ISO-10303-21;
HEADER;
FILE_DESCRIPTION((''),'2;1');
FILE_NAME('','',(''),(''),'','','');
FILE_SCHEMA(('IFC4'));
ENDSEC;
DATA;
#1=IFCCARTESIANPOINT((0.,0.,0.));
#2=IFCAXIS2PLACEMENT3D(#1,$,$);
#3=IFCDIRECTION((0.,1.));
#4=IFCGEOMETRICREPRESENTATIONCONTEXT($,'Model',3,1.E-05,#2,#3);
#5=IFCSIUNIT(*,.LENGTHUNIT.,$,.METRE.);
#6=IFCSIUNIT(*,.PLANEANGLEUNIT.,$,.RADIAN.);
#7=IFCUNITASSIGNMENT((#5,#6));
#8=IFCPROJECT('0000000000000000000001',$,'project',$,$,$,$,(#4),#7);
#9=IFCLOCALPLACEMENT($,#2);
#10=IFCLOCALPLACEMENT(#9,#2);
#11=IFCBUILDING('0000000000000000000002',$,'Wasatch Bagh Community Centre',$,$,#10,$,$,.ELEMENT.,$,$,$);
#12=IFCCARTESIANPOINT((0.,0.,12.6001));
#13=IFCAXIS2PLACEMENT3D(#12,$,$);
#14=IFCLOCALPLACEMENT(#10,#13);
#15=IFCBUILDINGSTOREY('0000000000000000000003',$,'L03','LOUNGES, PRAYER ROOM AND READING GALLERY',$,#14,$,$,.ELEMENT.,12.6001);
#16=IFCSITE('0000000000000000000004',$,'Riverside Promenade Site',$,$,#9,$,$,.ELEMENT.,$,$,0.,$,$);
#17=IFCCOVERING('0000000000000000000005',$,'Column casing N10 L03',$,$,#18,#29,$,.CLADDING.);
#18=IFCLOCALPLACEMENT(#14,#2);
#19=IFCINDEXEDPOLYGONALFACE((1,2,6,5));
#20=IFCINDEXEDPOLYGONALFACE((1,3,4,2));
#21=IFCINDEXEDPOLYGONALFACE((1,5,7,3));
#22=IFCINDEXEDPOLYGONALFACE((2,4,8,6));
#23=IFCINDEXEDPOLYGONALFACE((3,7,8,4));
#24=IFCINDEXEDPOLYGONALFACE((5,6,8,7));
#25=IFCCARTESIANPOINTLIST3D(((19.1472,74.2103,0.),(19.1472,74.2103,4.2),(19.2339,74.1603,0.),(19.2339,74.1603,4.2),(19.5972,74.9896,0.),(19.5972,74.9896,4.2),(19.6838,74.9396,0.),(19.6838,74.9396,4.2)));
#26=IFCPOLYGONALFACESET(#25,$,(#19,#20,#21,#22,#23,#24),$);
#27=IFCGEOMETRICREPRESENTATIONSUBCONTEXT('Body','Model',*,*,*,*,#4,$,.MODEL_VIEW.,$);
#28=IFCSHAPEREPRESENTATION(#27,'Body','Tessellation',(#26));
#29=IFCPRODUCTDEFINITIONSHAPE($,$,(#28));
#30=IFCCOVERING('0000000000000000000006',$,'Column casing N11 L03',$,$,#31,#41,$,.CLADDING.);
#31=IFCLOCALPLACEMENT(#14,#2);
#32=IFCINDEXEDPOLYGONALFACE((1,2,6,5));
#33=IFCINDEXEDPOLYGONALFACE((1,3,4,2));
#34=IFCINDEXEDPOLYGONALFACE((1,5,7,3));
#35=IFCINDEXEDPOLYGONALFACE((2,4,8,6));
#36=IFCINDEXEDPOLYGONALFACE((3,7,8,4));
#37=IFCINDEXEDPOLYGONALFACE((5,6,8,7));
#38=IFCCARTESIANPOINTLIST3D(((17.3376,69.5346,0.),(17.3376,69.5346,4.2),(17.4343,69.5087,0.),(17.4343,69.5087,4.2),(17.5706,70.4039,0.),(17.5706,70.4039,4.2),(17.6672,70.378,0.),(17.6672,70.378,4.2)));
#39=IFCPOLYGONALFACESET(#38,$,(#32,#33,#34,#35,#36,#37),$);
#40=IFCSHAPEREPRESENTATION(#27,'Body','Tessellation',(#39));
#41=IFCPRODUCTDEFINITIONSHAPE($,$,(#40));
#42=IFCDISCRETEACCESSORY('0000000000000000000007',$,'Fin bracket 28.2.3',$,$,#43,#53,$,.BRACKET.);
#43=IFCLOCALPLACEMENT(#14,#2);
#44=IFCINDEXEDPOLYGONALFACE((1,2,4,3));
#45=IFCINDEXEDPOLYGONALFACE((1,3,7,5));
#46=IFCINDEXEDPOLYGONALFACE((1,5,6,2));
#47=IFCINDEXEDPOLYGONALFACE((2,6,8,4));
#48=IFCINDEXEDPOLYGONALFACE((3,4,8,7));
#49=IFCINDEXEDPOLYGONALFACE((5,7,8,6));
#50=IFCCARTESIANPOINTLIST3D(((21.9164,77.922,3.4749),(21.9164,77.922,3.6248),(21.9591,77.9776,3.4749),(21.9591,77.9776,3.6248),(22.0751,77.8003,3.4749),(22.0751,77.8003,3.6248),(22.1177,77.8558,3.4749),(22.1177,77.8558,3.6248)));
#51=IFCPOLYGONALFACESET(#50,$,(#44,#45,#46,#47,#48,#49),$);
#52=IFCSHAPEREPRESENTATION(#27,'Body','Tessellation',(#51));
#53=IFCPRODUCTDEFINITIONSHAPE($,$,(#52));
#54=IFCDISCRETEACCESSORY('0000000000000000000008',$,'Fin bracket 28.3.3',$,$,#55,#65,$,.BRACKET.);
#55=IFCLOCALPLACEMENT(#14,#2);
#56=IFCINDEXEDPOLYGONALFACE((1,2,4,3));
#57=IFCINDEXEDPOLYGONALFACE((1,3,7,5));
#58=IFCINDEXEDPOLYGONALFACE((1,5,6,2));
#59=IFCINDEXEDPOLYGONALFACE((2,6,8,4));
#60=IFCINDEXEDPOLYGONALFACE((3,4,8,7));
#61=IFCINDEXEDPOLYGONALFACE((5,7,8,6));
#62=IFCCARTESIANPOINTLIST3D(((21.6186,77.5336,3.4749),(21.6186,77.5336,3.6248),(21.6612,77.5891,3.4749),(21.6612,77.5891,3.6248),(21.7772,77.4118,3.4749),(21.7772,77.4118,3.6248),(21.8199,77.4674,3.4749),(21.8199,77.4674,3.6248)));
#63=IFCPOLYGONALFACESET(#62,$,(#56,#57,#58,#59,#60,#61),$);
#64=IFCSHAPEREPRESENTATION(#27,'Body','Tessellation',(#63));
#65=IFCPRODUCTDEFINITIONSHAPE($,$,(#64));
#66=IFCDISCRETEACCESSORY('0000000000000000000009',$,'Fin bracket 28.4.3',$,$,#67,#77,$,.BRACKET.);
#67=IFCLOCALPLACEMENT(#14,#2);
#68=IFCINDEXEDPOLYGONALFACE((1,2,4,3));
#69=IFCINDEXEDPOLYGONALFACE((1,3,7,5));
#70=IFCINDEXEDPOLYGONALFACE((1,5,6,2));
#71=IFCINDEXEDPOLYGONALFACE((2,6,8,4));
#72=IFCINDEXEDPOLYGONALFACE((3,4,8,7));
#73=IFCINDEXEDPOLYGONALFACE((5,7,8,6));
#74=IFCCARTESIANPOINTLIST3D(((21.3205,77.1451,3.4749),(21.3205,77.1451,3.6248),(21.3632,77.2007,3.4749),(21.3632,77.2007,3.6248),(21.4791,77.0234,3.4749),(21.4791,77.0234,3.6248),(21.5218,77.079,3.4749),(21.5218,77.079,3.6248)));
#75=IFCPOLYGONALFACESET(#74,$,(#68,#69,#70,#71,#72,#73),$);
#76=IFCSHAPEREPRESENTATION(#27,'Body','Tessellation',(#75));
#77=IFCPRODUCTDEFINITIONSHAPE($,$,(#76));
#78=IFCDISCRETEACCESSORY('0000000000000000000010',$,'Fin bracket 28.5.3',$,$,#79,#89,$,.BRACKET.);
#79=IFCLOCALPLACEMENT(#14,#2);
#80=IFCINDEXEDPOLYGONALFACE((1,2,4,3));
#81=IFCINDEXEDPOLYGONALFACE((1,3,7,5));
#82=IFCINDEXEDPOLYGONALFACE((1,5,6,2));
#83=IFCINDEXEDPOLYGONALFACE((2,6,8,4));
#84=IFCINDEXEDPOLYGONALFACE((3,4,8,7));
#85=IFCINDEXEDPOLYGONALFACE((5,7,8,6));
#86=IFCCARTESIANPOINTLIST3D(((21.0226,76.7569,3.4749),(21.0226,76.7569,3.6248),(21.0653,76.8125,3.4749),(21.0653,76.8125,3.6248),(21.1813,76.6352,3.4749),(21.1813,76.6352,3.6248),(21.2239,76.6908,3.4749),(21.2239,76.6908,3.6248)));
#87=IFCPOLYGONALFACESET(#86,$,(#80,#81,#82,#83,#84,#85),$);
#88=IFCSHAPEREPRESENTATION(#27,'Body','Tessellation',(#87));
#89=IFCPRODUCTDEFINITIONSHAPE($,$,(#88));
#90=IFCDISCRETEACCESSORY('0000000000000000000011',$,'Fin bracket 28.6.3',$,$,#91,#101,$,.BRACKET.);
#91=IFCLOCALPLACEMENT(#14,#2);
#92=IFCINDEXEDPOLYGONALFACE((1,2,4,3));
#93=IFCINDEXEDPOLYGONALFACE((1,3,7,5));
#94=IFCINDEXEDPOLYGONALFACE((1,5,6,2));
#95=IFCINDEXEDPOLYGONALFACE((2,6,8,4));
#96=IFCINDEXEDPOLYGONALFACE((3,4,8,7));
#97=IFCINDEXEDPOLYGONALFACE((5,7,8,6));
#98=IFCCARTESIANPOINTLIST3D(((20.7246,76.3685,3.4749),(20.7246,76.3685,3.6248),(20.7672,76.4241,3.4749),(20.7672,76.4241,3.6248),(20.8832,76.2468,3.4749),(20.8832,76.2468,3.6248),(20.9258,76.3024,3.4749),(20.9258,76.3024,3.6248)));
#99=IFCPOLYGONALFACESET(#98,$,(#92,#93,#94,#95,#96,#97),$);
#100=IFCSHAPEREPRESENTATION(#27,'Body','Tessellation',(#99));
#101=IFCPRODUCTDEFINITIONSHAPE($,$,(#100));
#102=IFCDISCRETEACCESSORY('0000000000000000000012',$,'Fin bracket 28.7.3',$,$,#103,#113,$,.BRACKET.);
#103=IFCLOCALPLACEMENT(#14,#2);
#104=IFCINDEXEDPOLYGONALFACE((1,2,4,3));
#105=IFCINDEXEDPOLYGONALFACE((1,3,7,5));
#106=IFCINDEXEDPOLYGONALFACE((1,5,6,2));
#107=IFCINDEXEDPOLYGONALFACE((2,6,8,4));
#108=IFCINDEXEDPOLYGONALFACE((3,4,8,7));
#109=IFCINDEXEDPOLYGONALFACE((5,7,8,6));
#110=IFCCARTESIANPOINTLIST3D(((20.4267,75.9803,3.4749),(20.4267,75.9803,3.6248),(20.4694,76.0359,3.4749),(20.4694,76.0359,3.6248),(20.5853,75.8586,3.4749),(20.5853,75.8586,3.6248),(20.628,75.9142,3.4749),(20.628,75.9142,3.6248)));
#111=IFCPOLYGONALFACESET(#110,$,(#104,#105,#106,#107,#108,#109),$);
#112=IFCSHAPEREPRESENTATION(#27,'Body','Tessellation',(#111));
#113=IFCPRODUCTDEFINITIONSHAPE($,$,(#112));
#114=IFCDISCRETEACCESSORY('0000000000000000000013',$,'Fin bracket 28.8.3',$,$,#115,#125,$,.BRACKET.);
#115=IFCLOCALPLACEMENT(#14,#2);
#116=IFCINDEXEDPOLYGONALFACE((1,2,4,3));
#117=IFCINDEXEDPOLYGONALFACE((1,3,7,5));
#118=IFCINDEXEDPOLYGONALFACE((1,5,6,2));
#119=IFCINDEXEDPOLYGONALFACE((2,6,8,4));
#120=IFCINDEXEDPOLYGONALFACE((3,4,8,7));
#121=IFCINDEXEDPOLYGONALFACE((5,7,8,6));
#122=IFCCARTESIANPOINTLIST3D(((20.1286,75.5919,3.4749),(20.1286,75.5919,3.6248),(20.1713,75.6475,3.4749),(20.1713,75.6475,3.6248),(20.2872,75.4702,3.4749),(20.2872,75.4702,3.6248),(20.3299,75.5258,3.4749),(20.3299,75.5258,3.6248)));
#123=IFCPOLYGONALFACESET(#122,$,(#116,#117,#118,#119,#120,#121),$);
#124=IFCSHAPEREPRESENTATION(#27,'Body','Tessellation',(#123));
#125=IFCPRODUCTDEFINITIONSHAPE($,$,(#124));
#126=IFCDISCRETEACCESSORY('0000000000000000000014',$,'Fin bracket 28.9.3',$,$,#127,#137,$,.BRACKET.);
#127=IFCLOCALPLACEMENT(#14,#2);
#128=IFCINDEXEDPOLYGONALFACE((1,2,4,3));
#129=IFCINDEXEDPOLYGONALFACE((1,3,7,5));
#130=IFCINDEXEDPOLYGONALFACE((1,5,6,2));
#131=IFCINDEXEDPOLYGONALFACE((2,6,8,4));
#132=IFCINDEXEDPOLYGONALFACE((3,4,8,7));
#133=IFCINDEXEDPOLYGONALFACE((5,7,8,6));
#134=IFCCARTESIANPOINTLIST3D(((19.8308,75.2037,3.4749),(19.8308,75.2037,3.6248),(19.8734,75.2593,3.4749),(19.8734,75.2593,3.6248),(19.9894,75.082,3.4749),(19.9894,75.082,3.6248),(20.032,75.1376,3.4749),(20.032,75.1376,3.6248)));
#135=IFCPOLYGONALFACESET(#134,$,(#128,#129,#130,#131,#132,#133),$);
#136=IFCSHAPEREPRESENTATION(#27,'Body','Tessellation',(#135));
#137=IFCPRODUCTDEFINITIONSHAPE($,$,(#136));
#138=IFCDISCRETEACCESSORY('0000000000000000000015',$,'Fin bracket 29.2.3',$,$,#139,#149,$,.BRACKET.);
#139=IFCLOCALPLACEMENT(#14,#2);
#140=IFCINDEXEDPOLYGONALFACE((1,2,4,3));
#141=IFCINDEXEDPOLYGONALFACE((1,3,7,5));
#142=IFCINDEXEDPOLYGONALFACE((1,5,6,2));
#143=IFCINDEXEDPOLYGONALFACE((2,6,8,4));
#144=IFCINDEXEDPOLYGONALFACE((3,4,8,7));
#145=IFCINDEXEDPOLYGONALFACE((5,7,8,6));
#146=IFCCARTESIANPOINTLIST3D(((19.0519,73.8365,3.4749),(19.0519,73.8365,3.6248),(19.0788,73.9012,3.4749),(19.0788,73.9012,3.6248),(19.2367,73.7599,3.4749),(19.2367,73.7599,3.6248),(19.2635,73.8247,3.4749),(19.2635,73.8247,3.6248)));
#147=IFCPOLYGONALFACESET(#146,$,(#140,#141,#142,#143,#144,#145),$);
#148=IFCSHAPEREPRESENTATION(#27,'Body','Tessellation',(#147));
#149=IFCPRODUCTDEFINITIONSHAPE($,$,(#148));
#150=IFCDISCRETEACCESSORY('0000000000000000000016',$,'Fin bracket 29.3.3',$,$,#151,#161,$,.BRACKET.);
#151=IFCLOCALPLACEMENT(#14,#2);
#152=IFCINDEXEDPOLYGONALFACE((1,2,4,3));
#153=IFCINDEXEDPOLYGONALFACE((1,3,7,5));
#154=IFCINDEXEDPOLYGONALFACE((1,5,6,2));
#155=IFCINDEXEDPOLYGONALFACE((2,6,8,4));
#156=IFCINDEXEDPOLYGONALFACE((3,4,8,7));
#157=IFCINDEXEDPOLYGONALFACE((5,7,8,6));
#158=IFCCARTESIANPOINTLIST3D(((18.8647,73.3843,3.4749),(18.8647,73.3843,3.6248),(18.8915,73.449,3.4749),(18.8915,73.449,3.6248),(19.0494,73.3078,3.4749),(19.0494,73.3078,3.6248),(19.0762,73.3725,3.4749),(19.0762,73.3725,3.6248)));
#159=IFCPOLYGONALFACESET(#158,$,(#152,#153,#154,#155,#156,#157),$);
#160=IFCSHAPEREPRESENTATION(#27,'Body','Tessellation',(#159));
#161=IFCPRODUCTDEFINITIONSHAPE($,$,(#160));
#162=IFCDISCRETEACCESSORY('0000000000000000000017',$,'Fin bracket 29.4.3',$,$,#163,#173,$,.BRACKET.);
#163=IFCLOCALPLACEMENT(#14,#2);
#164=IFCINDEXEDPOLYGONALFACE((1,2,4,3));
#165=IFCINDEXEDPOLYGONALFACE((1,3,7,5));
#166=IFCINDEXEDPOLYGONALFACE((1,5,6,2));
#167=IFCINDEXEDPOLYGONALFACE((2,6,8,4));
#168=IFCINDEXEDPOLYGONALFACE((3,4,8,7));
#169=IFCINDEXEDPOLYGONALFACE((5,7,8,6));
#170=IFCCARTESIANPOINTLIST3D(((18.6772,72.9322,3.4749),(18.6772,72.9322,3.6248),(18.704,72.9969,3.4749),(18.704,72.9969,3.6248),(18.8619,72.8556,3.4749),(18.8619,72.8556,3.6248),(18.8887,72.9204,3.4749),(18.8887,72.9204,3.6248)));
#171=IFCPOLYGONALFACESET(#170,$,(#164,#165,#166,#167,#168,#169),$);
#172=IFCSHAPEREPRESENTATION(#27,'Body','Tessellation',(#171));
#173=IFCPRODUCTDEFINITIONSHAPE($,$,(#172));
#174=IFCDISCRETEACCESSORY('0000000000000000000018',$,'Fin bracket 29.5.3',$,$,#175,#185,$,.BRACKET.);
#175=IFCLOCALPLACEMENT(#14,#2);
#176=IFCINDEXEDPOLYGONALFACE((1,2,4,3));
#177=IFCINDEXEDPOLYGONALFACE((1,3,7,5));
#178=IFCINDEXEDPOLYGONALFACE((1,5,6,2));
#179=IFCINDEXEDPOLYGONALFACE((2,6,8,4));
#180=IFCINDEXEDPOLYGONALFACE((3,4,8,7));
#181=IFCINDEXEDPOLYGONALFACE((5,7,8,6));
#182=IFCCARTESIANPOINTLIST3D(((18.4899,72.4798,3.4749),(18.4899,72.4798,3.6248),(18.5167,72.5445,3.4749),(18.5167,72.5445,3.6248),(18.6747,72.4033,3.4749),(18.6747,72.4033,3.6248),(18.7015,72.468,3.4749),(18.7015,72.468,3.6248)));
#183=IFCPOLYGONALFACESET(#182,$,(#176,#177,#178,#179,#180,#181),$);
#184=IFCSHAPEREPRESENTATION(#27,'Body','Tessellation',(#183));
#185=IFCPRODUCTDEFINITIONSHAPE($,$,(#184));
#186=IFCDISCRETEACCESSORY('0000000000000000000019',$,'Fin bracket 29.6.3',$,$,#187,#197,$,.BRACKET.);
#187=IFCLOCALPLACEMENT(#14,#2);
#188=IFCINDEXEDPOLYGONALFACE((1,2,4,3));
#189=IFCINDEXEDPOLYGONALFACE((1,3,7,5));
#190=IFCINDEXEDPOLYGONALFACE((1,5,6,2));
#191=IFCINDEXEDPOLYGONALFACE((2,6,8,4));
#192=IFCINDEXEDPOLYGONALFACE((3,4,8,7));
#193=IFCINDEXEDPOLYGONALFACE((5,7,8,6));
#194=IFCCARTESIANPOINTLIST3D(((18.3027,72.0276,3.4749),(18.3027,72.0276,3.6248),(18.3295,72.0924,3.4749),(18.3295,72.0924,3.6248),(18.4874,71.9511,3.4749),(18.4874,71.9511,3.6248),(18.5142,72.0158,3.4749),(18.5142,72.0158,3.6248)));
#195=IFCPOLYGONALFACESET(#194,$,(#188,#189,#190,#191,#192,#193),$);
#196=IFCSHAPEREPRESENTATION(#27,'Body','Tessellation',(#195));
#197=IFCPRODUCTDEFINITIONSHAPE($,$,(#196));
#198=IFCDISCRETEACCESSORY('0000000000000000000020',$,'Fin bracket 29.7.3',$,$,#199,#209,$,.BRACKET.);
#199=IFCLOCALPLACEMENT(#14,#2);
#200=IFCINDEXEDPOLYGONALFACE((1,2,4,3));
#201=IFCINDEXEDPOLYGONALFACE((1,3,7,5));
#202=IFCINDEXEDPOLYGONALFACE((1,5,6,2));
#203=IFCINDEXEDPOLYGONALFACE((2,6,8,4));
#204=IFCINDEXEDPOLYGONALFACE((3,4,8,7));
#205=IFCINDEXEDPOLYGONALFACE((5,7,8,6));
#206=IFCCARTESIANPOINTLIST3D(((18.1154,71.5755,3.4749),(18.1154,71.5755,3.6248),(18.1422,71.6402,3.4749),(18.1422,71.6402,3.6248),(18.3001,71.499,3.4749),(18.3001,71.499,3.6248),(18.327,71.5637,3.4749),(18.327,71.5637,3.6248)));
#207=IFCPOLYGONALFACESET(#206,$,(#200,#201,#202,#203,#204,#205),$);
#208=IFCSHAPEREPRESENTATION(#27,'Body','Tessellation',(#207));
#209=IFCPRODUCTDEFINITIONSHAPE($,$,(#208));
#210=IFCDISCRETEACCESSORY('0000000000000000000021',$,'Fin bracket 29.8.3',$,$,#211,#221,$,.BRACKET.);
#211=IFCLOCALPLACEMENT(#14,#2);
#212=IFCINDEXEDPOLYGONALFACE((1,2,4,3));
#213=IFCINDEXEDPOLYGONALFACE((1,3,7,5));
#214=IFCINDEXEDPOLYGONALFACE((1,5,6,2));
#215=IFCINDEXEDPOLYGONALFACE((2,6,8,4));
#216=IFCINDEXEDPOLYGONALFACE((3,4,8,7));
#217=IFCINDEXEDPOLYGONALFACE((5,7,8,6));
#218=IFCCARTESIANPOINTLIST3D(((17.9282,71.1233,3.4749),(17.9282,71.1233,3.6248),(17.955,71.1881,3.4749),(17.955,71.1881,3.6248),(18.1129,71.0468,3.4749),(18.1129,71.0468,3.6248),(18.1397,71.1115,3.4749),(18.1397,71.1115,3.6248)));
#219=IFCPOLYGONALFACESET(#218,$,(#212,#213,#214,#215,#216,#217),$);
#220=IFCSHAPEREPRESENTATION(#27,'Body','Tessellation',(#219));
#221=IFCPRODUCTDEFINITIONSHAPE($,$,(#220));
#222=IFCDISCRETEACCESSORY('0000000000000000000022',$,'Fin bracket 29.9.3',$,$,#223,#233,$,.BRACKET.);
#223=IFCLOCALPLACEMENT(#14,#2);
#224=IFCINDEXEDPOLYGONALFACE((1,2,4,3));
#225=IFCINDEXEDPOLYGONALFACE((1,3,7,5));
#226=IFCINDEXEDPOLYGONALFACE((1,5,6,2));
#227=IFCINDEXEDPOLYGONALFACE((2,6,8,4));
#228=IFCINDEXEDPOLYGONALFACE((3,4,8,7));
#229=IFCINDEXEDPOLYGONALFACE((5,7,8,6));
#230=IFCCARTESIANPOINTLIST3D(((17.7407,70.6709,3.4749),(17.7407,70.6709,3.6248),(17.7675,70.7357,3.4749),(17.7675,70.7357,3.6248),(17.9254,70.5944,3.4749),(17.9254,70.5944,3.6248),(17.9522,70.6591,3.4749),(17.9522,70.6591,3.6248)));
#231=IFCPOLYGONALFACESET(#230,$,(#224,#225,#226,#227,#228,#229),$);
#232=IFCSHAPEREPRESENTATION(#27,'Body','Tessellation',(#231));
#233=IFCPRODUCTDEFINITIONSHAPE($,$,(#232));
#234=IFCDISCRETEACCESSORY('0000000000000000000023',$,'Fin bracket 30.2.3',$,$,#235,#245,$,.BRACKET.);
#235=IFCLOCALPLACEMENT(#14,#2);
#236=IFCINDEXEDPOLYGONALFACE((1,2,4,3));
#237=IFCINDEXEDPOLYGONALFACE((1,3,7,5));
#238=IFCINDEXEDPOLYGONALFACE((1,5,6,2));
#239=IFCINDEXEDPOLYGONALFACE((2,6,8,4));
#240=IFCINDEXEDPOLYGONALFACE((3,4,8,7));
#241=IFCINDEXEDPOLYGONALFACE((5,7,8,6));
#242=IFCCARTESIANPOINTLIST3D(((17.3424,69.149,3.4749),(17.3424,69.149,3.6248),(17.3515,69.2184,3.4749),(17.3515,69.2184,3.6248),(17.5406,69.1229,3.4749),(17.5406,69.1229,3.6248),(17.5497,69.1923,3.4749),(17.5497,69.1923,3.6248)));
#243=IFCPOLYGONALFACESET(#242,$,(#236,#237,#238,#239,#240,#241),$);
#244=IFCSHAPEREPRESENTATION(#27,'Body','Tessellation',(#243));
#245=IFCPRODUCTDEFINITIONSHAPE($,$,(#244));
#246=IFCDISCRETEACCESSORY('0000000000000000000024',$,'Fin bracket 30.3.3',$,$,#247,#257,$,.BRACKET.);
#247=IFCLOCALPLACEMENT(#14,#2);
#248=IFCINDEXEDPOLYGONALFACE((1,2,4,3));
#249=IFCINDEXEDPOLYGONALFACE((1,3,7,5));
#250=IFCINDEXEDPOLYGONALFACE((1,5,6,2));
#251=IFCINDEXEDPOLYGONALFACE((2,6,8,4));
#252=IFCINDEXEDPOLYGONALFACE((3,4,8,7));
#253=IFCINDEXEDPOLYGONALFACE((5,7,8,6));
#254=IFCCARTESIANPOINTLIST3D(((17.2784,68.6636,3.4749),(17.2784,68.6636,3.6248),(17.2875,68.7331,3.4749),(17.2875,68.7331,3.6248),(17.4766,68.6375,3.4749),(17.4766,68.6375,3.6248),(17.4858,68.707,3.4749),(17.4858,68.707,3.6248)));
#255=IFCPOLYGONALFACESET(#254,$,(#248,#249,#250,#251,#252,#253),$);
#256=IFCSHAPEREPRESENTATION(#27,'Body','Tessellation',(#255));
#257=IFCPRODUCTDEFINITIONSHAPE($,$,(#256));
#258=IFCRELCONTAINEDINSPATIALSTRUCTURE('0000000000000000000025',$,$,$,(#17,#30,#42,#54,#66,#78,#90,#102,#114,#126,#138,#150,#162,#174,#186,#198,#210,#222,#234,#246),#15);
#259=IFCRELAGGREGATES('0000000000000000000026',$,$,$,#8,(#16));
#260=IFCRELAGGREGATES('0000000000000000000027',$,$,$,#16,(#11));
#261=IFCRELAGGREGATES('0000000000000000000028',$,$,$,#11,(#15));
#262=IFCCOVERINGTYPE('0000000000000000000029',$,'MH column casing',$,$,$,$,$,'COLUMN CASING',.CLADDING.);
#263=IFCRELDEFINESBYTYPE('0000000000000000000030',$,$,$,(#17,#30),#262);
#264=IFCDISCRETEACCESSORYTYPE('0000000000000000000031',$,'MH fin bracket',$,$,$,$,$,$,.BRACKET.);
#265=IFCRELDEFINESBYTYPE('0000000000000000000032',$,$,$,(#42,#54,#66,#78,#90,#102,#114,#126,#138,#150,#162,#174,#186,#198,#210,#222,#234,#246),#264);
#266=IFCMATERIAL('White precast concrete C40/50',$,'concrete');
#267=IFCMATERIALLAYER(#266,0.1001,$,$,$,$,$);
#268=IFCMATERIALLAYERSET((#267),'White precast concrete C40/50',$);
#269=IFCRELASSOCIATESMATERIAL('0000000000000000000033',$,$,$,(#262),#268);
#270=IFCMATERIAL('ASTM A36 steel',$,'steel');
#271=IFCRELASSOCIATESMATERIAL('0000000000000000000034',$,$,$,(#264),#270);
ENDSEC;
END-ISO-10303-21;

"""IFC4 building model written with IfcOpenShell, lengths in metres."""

from ifc_helpers import new_model, si_unit, direction, frame, origin, origin_2d, place, context, subcontext, project, spatial, rectangle, extrude, material, layer, layer_set, type_object, element, save


model = new_model("IFC4")

# Units and contexts
model_context = context("Model", 3, precision=1e-05, world=origin(), true_north=direction((0.0, 1.0)))
body_context = subcontext(model_context, "Body", "Model", "MODEL_VIEW")
ifc_project = project(units=[si_unit("LENGTHUNIT", "METRE"), si_unit("PLANEANGLEUNIT", "RADIAN")], contexts=[model_context])

# Site, building, storey
site_placement = place(None, origin())
site = spatial("IfcSite", under=ifc_project, at=site_placement, Name="Riverside Promenade Site", CompositionType="ELEMENT", RefElevation=0.0)
building_placement = place(site_placement, origin())
building = spatial("IfcBuilding", under=site, at=building_placement, Name="Wasatch Bagh Community Centre", CompositionType="ELEMENT")
storey_placement = place(building_placement, frame((0.0, 0.0, 12.6001)))
storey = spatial("IfcBuildingStorey", under=building, at=storey_placement, Name="L03", Description="LOUNGES, PRAYER ROOM AND READING GALLERY", CompositionType="ELEMENT", Elevation=12.6001)

# Coverings
ifc_material_1 = material(Name="White precast concrete C40/50", Category="concrete")
ifc_layer_1 = layer(ifc_material_1, 0.1001)
ifc_layer_set_1 = layer_set([ifc_layer_1], Name="White precast concrete C40/50")
covering_type = type_object("IfcCoveringType", Name="MH column casing", ElementType="COLUMN CASING", PredefinedType="CLADDING", material=ifc_layer_set_1)
for number, where, z_axis, x_axis, name in (
    (1, (19.4155, 74.575, 0.0), (0.0, 0.0, 1.0), (-0.5, -0.866025, 0.0), "Column casing N10 L03"),
    (2, (17.5024, 69.9563, 0.0), (0.0, 0.0, 1.0), (-0.258819, -0.965926, 0.0), "Column casing N11 L03"),
):
    element("IfcCovering", number, at=place(storey_placement, frame(where, z_axis=z_axis, x_axis=x_axis)), inside=storey, type_object=covering_type, Name=name, PredefinedType="CLADDING", context=body_context, shape_type="SweptSolid", body=[
        extrude(rectangle(XDim=0.8999, YDim=0.1001, at=origin_2d()), origin(), (0.0, 0.0, 1.0), 4.2),
    ])

# Discrete accessories
ifc_material_2 = material(Name="ASTM A36 steel", Category="steel")
discrete_accessory_type = type_object("IfcDiscreteAccessoryType", Name="MH fin bracket", PredefinedType="BRACKET", material=ifc_material_2)
for number, where, z_axis, x_axis, name in (
    (3, (22.0171, 77.8889, 3.4749), (0.0, 0.0, 1.0), (-0.608761, -0.793353, 0.0), "Fin bracket 28.2.3"),
    (4, (21.7192, 77.5005, 3.4749), (0.0, 0.0, 1.0), (-0.608761, -0.793353, 0.0), "Fin bracket 28.3.3"),
    (5, (21.4211, 77.1121, 3.4749), (0.0, 0.0, 1.0), (-0.608761, -0.793353, 0.0), "Fin bracket 28.4.3"),
    (6, (21.1233, 76.7239, 3.4749), (0.0, 0.0, 1.0), (-0.608761, -0.793353, 0.0), "Fin bracket 28.5.3"),
    (7, (20.8252, 76.3354, 3.4749), (0.0, 0.0, 1.0), (-0.608761, -0.793353, 0.0), "Fin bracket 28.6.3"),
    (8, (20.5273, 75.9473, 3.4749), (0.0, 0.0, 1.0), (-0.608761, -0.793353, 0.0), "Fin bracket 28.7.3"),
    (9, (20.2292, 75.5588, 3.4749), (0.0, 0.0, 1.0), (-0.608761, -0.793353, 0.0), "Fin bracket 28.8.3"),
    (10, (19.9314, 75.1707, 3.4749), (0.0, 0.0, 1.0), (-0.608761, -0.793353, 0.0), "Fin bracket 28.9.3"),
    (11, (19.1577, 73.8306, 3.4749), (0.0, 0.0, 1.0), (-0.382683, -0.92388, 0.0), "Fin bracket 29.2.3"),
    (12, (18.9705, 73.3784, 3.4749), (0.0, 0.0, 1.0), (-0.382683, -0.92388, 0.0), "Fin bracket 29.3.3"),
    (13, (18.783, 72.9263, 3.4749), (0.0, 0.0, 1.0), (-0.382683, -0.92388, 0.0), "Fin bracket 29.4.3"),
    (14, (18.5957, 72.4739, 3.4749), (0.0, 0.0, 1.0), (-0.382683, -0.92388, 0.0), "Fin bracket 29.5.3"),
    (15, (18.4084, 72.0217, 3.4749), (0.0, 0.0, 1.0), (-0.382683, -0.92388, 0.0), "Fin bracket 29.6.3"),
    (16, (18.2212, 71.5696, 3.4749), (0.0, 0.0, 1.0), (-0.382683, -0.92388, 0.0), "Fin bracket 29.7.3"),
    (17, (18.0339, 71.1174, 3.4749), (0.0, 0.0, 1.0), (-0.382683, -0.92388, 0.0), "Fin bracket 29.8.3"),
    (18, (17.8464, 70.665, 3.4749), (0.0, 0.0, 1.0), (-0.382683, -0.92388, 0.0), "Fin bracket 29.9.3"),
    (19, (17.446, 69.1707, 3.4749), (0.0, 0.0, 1.0), (-0.130526, -0.991445, 0.0), "Fin bracket 30.2.3"),
    (20, (17.3821, 68.6853, 3.4749), (0.0, 0.0, 1.0), (-0.130526, -0.991445, 0.0), "Fin bracket 30.3.3"),
):
    element("IfcDiscreteAccessory", number, at=place(storey_placement, frame(where, z_axis=z_axis, x_axis=x_axis)), inside=storey, type_object=discrete_accessory_type, Name=name, PredefinedType="BRACKET", context=body_context, shape_type="SweptSolid", body=[
        extrude(rectangle(XDim=0.0701, YDim=0.2, at=origin_2d()), origin(), (0.0, 0.0, 1.0), 0.1499),
    ])

save(model, "model.ifc")
